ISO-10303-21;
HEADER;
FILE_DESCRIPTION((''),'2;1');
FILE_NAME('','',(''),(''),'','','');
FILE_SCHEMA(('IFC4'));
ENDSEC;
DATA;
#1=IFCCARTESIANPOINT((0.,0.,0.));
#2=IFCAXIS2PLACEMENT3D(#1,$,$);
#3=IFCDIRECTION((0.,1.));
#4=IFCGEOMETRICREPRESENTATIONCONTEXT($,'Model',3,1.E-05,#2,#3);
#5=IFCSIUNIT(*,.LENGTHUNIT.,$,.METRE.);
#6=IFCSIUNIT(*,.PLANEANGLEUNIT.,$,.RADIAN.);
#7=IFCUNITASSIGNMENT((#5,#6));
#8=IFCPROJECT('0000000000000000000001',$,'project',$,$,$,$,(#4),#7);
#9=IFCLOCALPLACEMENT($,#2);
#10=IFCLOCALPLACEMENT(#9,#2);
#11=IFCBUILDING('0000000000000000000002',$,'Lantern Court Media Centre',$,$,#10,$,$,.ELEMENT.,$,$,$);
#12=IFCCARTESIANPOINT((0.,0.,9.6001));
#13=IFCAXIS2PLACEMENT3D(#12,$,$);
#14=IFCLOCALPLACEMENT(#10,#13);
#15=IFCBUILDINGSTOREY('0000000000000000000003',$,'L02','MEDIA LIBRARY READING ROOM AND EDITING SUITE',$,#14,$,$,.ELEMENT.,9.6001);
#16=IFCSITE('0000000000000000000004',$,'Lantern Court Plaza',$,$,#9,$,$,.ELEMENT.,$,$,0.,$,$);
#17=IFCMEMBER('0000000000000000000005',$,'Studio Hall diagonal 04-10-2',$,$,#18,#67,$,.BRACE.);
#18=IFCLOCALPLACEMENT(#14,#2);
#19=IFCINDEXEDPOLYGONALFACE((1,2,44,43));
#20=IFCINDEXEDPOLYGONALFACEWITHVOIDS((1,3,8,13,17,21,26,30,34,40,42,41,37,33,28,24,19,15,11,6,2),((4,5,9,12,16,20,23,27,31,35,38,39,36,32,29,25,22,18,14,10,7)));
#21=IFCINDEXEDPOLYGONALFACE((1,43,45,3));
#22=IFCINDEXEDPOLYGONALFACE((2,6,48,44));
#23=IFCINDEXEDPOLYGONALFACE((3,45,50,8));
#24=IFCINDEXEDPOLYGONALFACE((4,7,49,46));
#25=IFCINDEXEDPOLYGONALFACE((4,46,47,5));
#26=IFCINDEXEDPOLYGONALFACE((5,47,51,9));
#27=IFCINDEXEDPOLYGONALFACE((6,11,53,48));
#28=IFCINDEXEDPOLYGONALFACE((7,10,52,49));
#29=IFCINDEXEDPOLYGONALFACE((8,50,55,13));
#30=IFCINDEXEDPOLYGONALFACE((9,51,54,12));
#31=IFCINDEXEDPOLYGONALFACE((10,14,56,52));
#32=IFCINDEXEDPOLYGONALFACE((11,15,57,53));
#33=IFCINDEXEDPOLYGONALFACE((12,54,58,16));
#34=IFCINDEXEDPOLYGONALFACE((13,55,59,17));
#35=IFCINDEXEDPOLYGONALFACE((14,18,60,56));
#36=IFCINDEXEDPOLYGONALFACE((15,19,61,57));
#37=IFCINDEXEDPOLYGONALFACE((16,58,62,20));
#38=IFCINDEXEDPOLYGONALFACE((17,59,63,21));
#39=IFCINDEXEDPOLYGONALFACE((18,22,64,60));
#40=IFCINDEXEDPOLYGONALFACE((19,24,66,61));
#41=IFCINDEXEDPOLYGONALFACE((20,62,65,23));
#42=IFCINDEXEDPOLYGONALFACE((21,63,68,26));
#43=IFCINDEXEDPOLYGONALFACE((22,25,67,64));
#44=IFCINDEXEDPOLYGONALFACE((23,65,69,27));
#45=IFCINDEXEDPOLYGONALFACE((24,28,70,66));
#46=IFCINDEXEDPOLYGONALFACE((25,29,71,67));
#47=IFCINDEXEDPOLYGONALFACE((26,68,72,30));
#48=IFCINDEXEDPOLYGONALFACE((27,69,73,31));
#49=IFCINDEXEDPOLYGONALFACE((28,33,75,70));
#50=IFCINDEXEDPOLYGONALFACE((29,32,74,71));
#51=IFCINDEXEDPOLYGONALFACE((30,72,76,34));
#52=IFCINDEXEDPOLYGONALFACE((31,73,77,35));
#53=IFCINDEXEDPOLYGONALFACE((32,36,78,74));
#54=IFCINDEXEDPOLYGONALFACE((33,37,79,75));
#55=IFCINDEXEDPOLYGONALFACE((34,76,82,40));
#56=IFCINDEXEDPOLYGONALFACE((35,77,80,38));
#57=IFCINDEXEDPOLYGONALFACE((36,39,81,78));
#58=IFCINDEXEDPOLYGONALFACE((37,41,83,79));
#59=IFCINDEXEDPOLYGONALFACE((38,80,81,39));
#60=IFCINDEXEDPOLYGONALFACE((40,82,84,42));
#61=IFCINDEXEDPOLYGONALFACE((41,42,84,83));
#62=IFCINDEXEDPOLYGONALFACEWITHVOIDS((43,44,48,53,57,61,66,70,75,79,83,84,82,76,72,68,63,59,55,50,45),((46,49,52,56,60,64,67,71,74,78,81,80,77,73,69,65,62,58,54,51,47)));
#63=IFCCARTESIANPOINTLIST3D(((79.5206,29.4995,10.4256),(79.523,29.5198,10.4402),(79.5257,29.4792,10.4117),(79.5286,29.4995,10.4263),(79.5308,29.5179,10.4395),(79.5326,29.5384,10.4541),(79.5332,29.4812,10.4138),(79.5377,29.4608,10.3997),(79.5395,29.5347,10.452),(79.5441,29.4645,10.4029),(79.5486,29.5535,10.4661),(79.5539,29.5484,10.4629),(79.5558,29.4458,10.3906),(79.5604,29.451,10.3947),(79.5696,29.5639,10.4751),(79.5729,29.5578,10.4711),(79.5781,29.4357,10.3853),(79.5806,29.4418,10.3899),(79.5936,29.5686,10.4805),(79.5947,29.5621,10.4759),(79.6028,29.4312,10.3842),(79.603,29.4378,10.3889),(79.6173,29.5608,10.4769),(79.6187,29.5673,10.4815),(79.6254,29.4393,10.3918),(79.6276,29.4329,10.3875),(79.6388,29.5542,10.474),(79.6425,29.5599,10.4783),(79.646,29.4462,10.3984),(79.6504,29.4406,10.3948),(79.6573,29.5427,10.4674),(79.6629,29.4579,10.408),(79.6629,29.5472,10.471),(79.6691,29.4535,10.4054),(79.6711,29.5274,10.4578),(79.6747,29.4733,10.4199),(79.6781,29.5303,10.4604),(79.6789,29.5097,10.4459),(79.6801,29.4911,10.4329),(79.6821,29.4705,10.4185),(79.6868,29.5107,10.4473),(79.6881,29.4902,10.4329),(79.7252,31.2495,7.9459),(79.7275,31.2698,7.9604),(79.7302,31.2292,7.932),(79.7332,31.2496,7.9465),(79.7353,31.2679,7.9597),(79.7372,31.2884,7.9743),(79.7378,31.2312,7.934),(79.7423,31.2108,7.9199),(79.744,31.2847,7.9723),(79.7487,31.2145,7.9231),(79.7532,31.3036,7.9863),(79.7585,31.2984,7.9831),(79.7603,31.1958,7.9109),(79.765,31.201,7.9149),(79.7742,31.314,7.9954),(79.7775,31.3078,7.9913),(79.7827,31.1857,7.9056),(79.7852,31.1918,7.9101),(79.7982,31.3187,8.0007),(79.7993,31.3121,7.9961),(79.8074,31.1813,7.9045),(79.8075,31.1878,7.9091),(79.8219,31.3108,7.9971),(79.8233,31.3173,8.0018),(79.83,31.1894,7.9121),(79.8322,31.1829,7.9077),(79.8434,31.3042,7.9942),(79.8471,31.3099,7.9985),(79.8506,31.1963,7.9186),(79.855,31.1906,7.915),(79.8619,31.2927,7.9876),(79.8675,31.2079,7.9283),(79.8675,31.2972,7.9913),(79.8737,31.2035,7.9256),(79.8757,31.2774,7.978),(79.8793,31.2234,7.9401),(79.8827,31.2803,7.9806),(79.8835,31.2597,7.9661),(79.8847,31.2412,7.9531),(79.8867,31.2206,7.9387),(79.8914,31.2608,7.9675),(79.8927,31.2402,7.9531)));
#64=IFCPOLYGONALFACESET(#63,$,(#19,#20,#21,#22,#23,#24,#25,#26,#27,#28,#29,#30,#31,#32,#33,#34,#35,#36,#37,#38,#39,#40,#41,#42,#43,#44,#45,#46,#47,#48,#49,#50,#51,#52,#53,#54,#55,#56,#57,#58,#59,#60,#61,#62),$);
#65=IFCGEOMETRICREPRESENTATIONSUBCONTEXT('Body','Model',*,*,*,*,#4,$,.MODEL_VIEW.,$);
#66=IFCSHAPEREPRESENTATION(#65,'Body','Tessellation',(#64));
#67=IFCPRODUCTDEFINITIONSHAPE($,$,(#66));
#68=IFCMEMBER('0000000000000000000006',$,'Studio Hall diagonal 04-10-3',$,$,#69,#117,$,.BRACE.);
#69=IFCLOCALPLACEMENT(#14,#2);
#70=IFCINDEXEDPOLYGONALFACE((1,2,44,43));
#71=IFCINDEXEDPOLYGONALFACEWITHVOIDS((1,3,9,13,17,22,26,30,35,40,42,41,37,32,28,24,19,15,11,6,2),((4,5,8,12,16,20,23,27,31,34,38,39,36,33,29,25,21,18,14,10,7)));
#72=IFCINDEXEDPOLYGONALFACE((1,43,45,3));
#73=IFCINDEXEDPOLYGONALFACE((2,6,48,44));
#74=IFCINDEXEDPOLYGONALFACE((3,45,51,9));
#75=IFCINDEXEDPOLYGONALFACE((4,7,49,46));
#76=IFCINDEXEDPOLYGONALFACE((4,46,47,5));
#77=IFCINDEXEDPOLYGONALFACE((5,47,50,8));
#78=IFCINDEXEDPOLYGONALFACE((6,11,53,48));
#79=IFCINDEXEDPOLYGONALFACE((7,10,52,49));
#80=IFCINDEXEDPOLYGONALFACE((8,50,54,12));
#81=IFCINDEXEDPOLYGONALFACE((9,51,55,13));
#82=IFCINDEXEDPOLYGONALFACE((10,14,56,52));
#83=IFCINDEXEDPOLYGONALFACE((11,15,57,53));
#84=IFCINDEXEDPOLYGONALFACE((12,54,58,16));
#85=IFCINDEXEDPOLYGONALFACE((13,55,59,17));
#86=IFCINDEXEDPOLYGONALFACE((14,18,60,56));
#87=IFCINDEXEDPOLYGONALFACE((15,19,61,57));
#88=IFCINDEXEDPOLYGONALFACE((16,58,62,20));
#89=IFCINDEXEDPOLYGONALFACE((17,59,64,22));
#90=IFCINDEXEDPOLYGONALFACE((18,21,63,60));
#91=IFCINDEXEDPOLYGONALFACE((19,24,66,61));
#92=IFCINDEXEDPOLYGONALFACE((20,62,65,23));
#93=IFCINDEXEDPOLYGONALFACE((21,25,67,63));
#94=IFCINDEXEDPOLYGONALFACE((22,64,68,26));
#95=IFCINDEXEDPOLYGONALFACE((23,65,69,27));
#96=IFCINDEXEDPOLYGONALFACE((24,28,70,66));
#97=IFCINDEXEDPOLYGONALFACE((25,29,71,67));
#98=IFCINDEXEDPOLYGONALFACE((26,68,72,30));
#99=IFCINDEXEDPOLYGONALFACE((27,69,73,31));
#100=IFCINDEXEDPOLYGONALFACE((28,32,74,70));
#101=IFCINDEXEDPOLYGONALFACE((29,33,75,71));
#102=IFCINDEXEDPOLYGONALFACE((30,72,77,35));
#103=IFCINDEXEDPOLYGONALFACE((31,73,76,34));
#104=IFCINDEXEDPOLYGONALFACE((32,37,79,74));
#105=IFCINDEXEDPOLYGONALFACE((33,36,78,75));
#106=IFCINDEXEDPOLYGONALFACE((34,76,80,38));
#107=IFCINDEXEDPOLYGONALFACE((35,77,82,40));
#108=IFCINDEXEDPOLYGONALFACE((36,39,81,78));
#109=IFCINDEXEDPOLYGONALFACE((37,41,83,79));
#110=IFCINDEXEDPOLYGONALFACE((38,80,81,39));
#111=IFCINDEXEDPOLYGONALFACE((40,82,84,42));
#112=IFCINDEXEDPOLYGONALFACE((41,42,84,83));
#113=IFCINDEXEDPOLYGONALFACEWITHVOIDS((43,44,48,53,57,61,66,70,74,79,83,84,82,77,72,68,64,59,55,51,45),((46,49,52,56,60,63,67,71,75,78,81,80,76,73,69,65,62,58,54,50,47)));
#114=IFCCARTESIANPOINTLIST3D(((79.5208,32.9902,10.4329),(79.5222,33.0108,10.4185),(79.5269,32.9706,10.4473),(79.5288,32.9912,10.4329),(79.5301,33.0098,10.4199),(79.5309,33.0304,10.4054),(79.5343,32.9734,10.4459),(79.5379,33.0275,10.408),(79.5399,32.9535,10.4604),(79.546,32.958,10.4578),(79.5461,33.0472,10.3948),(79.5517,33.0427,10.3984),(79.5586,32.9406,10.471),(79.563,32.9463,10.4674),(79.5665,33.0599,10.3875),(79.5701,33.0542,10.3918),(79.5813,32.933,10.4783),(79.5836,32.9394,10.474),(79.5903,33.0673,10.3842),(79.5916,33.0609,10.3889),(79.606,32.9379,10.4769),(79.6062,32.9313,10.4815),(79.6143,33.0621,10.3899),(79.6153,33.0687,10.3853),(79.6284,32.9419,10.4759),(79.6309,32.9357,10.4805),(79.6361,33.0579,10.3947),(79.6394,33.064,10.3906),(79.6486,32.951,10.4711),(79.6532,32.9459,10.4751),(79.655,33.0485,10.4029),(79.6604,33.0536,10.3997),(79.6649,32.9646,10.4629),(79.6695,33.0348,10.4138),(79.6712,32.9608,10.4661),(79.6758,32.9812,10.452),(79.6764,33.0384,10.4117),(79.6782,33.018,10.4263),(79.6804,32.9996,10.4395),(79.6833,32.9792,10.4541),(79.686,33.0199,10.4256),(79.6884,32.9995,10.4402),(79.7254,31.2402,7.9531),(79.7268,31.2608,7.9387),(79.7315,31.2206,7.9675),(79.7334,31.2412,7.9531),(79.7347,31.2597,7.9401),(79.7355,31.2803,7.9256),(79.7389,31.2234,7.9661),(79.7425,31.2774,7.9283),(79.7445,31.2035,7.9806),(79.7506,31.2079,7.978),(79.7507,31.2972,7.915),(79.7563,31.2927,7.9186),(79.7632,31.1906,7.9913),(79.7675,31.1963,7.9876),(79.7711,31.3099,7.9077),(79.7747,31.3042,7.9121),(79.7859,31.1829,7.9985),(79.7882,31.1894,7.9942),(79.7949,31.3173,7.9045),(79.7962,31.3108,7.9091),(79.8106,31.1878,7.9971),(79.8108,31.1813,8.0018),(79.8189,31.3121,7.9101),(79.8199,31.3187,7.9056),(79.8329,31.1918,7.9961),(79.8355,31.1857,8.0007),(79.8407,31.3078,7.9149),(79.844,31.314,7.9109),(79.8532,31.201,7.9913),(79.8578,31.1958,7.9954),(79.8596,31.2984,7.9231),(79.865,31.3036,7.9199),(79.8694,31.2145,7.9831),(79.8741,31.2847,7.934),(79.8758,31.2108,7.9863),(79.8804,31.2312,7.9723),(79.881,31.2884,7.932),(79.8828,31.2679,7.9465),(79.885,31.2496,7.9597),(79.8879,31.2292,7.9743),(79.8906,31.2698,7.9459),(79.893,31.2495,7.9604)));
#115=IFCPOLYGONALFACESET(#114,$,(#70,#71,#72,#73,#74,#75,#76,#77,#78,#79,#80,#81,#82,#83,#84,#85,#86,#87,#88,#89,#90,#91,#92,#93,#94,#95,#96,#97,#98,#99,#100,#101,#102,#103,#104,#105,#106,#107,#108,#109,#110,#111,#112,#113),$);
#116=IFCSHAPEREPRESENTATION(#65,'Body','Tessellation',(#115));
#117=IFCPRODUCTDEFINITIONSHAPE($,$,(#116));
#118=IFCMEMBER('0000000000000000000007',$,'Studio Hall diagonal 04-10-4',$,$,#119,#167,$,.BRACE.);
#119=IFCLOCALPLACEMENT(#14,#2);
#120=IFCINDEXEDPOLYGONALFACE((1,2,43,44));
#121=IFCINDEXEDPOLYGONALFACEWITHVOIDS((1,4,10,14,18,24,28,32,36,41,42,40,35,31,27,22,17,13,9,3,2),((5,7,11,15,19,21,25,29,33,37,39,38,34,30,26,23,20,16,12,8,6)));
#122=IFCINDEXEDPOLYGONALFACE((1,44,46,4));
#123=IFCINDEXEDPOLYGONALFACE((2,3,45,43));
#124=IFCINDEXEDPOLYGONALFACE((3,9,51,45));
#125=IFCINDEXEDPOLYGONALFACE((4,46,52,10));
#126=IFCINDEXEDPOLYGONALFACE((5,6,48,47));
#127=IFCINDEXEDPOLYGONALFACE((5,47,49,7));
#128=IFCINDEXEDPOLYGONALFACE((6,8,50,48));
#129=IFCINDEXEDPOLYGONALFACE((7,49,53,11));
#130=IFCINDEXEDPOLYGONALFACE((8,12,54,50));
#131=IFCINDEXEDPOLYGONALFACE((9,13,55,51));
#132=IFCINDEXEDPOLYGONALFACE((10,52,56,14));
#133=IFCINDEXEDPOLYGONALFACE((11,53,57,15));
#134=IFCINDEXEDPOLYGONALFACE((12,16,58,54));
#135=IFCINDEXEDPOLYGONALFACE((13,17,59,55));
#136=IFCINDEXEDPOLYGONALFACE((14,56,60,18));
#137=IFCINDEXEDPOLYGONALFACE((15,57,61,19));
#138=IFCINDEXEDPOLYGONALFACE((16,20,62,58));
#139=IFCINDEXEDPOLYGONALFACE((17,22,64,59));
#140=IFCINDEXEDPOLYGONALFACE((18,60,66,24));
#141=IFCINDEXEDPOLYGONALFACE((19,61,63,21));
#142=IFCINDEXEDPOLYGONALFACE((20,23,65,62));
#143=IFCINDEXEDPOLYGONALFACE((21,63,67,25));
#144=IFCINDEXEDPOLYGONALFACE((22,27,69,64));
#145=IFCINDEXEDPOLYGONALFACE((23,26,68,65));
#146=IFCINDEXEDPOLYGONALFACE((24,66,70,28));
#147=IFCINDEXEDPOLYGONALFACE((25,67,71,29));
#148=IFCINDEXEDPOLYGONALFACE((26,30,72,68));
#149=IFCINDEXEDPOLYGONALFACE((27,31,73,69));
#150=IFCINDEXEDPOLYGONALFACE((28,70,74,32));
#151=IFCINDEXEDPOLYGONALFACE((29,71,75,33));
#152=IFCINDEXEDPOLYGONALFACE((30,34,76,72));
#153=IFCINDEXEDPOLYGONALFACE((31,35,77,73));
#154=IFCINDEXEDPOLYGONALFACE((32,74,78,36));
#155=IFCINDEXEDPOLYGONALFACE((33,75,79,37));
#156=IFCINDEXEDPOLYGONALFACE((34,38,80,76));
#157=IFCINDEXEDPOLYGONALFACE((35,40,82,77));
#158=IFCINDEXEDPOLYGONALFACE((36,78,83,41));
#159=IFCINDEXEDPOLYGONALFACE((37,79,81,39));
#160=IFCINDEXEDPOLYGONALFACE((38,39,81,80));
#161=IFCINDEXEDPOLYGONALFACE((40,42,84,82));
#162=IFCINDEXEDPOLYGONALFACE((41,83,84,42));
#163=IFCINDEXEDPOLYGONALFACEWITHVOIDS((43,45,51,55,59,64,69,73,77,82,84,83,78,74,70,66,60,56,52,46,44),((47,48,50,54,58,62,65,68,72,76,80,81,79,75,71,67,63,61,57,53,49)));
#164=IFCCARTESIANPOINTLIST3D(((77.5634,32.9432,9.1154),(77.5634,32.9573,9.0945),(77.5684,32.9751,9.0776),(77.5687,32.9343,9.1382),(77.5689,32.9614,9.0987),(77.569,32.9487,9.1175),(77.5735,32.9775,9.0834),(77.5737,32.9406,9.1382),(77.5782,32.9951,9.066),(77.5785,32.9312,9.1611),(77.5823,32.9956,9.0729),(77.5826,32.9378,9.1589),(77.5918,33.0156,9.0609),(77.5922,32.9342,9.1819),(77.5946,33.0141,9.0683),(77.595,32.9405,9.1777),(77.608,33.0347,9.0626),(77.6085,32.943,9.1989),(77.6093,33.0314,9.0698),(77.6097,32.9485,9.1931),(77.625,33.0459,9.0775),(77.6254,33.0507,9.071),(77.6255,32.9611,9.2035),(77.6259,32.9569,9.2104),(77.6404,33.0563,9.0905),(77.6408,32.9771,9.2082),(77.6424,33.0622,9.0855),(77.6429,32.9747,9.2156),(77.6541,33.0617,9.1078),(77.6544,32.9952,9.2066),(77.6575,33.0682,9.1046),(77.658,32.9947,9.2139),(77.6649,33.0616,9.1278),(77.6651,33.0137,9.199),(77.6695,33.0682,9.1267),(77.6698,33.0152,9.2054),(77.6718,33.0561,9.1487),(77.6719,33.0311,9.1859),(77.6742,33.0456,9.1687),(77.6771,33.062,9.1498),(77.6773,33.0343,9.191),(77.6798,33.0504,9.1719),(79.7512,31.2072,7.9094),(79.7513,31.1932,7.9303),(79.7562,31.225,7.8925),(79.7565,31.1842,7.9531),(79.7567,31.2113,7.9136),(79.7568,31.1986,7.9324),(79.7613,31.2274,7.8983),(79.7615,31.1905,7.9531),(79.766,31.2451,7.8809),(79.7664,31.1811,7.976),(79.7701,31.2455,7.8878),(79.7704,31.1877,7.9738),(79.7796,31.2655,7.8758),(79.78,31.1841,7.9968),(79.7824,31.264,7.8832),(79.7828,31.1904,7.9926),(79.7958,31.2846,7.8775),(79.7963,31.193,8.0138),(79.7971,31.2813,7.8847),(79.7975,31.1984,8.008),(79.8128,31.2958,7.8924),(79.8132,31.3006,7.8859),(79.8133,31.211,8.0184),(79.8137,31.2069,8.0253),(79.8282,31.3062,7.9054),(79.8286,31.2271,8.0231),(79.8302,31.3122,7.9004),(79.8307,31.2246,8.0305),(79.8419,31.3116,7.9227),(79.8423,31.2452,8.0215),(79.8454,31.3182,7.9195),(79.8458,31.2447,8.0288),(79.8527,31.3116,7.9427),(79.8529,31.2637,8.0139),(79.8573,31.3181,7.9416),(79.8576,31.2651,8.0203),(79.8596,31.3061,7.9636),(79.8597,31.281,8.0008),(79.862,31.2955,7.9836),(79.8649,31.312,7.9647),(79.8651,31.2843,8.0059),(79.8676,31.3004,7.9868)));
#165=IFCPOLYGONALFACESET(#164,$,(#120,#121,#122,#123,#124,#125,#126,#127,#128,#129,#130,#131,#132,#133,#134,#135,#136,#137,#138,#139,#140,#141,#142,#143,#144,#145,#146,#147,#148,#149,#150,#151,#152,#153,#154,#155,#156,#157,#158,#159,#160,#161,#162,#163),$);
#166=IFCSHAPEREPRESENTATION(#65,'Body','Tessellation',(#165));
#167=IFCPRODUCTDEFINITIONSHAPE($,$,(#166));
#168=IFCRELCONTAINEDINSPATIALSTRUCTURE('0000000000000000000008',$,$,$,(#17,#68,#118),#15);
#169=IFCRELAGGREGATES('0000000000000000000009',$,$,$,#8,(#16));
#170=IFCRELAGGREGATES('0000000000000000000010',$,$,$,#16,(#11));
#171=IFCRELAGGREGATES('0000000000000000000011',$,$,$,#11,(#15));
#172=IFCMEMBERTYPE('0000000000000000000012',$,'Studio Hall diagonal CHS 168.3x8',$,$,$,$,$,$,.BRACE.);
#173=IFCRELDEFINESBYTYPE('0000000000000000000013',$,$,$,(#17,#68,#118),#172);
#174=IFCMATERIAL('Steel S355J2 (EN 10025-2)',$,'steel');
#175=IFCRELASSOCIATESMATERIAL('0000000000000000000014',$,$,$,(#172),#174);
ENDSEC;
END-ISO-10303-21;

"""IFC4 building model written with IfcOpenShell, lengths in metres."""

from ifc_helpers import new_model, si_unit, direction, frame, origin, origin_2d, place, context, subcontext, project, spatial, hollow_circle, extrude, material, material_profile, profile_set, type_object, element, save


model = new_model("IFC4")

# Units and contexts
model_context = context("Model", 3, precision=1e-05, world=origin(), true_north=direction((0.0, 1.0)))
body_context = subcontext(model_context, "Body", "Model", "MODEL_VIEW")
ifc_project = project(units=[si_unit("LENGTHUNIT", "METRE"), si_unit("PLANEANGLEUNIT", "RADIAN")], contexts=[model_context])

# Site, building, storey
site_placement = place(None, origin())
site = spatial("IfcSite", under=ifc_project, at=site_placement, Name="Lantern Court Plaza", CompositionType="ELEMENT", RefElevation=0.0)
building_placement = place(site_placement, origin())
building = spatial("IfcBuilding", under=site, at=building_placement, Name="Lantern Court Media Centre", CompositionType="ELEMENT")
storey_placement = place(building_placement, frame((0.0, 0.0, 9.6001)))
storey = spatial("IfcBuildingStorey", under=building, at=storey_placement, Name="L02", Description="MEDIA LIBRARY READING ROOM AND EDITING SUITE", CompositionType="ELEMENT", Elevation=9.6001)

# Members
ifc_material = material(Name="Steel S355J2 (EN 10025-2)", Category="steel")
ifc_material_profile_1 = material_profile(ifc_material, hollow_circle(Radius=0.0842, WallThickness=0.0081, at=origin_2d()), Name="Studio Hall diagonal CHS 168.3x8")
ifc_profile_set_1 = profile_set([ifc_material_profile_1], Name="Steel S355J2 (EN 10025-2)")
member_type_1 = type_object("IfcMemberType", Name="Studio Hall diagonal CHS 168.3x8", PredefinedType="BRACE", material=ifc_profile_set_1)
for number, where, z_axis, x_axis, name in (
    (1, (79.8091, 31.25, 7.9531), (-0.067256, -0.575289, 0.81518), (0.993235, -0.116118, 0.0), "Studio Hall diagonal 04-10-2"),
    (2, (79.8091, 31.25, 7.9531), (-0.067256, 0.575289, 0.81518), (-0.993235, -0.116118, 0.0), "Studio Hall diagonal 04-10-3"),
    (3, (79.8091, 31.25, 7.9531), (-0.719206, 0.5753, 0.38958), (-0.624653, -0.780903, 0.0), "Studio Hall diagonal 04-10-4"),
):
    element("IfcMember", number, at=place(storey_placement, frame(where, z_axis=z_axis, x_axis=x_axis)), inside=storey, type_object=member_type_1, Name=name, PredefinedType="BRACE", context=body_context, shape_type="SweptSolid", body=[
        extrude(hollow_circle(Radius=0.0842, WallThickness=0.0081, at=origin_2d()), origin(), (0.0, 0.0, 1.0), 3.042),
    ])

save(model, "model.ifc")
